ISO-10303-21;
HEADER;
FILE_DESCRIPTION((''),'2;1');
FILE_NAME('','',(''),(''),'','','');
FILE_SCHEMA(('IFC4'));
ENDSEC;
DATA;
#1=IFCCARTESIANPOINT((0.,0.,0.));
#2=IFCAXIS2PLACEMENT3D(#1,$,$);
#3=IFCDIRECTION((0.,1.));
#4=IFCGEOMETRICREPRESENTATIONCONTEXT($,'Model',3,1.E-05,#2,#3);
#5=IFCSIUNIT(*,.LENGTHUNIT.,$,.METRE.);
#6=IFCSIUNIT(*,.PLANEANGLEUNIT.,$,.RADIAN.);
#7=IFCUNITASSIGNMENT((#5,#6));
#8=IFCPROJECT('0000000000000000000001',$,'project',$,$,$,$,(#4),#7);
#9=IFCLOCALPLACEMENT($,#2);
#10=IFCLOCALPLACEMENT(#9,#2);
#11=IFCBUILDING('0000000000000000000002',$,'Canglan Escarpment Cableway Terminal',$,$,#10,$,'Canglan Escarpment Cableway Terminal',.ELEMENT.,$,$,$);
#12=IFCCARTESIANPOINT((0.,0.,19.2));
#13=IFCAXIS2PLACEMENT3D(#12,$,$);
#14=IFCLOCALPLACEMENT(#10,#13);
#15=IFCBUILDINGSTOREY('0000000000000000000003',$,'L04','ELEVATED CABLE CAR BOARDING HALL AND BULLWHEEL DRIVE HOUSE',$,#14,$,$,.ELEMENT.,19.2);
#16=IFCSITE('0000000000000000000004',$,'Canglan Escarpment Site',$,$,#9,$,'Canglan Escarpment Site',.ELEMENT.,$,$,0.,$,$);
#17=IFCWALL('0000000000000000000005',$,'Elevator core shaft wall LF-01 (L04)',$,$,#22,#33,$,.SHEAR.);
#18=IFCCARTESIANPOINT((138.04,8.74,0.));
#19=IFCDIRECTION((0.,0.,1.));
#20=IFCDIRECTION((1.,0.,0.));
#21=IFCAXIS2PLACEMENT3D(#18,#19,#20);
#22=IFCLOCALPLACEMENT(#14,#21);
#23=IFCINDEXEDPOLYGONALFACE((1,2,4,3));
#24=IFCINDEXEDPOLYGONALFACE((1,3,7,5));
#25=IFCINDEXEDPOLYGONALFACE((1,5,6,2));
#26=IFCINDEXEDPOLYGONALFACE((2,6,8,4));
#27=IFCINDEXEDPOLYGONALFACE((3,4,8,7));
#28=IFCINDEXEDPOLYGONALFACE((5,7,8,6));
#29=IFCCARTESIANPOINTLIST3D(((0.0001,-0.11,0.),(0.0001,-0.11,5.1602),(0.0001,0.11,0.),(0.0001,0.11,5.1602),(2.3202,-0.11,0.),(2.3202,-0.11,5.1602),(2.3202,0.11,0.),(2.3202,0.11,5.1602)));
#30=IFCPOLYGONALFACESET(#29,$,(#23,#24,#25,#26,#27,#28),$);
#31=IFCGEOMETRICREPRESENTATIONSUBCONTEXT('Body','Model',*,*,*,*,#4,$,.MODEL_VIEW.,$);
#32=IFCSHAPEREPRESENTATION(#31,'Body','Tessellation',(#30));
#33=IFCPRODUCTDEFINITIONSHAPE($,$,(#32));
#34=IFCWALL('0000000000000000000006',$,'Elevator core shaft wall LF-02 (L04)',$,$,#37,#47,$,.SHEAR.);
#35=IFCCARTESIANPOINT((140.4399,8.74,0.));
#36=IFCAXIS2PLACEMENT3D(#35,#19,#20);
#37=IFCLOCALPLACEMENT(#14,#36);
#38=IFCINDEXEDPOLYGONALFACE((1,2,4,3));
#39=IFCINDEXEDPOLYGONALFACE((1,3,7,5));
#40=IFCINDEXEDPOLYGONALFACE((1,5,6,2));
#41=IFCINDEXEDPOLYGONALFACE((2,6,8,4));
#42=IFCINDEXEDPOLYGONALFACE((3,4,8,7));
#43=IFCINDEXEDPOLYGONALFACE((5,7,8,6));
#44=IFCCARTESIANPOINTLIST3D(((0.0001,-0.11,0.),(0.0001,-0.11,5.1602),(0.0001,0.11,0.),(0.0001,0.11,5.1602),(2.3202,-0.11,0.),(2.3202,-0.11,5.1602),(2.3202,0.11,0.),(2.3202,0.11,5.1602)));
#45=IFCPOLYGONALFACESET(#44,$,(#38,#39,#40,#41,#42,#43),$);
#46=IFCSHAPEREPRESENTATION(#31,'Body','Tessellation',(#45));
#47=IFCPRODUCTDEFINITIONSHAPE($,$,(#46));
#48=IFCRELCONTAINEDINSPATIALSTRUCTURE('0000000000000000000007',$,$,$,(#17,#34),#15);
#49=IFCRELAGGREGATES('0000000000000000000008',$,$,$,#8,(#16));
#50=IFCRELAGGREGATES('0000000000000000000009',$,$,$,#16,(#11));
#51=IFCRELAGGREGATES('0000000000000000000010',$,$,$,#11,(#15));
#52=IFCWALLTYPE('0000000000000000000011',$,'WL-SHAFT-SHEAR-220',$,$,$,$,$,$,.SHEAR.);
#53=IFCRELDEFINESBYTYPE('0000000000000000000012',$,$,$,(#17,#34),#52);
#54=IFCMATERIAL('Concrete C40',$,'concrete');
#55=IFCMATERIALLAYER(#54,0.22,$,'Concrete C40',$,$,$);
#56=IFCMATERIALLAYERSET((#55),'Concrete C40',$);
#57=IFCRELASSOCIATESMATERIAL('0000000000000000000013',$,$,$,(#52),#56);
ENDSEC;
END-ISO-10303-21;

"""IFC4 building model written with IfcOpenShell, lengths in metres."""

from ifc_helpers import new_model, si_unit, direction, frame, frame_2d, origin, place, context, subcontext, project, spatial, rectangle, extrude, material, layer, layer_set, type_object, element, save


model = new_model("IFC4")

# Units and contexts
model_context = context("Model", 3, precision=1e-05, world=origin(), true_north=direction((0.0, 1.0)))
body_context = subcontext(model_context, "Body", "Model", "MODEL_VIEW")
ifc_project = project(units=[si_unit("LENGTHUNIT", "METRE"), si_unit("PLANEANGLEUNIT", "RADIAN")], contexts=[model_context])

# Site, building, storey
site_placement = place(None, origin())
site = spatial("IfcSite", under=ifc_project, at=site_placement, Name="Canglan Escarpment Site", LongName="Canglan Escarpment Site", CompositionType="ELEMENT", RefElevation=0.0)
building_placement = place(site_placement, origin())
building = spatial("IfcBuilding", under=site, at=building_placement, Name="Canglan Escarpment Cableway Terminal", LongName="Canglan Escarpment Cableway Terminal", CompositionType="ELEMENT")
storey_placement = place(building_placement, frame((0.0, 0.0, 19.2)))
storey = spatial("IfcBuildingStorey", under=building, at=storey_placement, Name="L04", Description="ELEVATED CABLE CAR BOARDING HALL AND BULLWHEEL DRIVE HOUSE", CompositionType="ELEMENT", Elevation=19.2)

# Shared definitions
ifc_material_1 = material(Name="Concrete C40", Category="concrete")

# Wall
ifc_layer_1 = layer(ifc_material_1, 0.22, Name="Concrete C40")
ifc_layer_set_1 = layer_set([ifc_layer_1], Name="Concrete C40")
wall_type_1 = type_object("IfcWallType", Name="WL-SHAFT-SHEAR-220", PredefinedType="SHEAR", material=ifc_layer_set_1)
wall_1_placement = place(storey_placement, frame((138.04, 8.74, 0.0), z_axis=(0.0, 0.0, 1.0), x_axis=(1.0, 0.0, 0.0)))
element("IfcWall", 1, at=wall_1_placement, inside=storey, type_object=wall_type_1, Name="Elevator core shaft wall LF-01 (L04)", PredefinedType="SHEAR", context=body_context, shape_type="SweptSolid", body=[
    extrude(rectangle(XDim=2.3201, YDim=0.22, at=frame_2d((1.1602, 0.0))), origin(), (0.0, 0.0, 1.0), 5.1602),
])

# Wall
wall_2_placement = place(storey_placement, frame((140.4399, 8.74, 0.0), z_axis=(0.0, 0.0, 1.0), x_axis=(1.0, 0.0, 0.0)))
element("IfcWall", 2, at=wall_2_placement, inside=storey, type_object=wall_type_1, Name="Elevator core shaft wall LF-02 (L04)", PredefinedType="SHEAR", context=body_context, shape_type="SweptSolid", body=[
    extrude(rectangle(XDim=2.3201, YDim=0.22, at=frame_2d((1.1602, 0.0))), origin(), (0.0, 0.0, 1.0), 5.1602),
])

save(model, "model.ifc")
